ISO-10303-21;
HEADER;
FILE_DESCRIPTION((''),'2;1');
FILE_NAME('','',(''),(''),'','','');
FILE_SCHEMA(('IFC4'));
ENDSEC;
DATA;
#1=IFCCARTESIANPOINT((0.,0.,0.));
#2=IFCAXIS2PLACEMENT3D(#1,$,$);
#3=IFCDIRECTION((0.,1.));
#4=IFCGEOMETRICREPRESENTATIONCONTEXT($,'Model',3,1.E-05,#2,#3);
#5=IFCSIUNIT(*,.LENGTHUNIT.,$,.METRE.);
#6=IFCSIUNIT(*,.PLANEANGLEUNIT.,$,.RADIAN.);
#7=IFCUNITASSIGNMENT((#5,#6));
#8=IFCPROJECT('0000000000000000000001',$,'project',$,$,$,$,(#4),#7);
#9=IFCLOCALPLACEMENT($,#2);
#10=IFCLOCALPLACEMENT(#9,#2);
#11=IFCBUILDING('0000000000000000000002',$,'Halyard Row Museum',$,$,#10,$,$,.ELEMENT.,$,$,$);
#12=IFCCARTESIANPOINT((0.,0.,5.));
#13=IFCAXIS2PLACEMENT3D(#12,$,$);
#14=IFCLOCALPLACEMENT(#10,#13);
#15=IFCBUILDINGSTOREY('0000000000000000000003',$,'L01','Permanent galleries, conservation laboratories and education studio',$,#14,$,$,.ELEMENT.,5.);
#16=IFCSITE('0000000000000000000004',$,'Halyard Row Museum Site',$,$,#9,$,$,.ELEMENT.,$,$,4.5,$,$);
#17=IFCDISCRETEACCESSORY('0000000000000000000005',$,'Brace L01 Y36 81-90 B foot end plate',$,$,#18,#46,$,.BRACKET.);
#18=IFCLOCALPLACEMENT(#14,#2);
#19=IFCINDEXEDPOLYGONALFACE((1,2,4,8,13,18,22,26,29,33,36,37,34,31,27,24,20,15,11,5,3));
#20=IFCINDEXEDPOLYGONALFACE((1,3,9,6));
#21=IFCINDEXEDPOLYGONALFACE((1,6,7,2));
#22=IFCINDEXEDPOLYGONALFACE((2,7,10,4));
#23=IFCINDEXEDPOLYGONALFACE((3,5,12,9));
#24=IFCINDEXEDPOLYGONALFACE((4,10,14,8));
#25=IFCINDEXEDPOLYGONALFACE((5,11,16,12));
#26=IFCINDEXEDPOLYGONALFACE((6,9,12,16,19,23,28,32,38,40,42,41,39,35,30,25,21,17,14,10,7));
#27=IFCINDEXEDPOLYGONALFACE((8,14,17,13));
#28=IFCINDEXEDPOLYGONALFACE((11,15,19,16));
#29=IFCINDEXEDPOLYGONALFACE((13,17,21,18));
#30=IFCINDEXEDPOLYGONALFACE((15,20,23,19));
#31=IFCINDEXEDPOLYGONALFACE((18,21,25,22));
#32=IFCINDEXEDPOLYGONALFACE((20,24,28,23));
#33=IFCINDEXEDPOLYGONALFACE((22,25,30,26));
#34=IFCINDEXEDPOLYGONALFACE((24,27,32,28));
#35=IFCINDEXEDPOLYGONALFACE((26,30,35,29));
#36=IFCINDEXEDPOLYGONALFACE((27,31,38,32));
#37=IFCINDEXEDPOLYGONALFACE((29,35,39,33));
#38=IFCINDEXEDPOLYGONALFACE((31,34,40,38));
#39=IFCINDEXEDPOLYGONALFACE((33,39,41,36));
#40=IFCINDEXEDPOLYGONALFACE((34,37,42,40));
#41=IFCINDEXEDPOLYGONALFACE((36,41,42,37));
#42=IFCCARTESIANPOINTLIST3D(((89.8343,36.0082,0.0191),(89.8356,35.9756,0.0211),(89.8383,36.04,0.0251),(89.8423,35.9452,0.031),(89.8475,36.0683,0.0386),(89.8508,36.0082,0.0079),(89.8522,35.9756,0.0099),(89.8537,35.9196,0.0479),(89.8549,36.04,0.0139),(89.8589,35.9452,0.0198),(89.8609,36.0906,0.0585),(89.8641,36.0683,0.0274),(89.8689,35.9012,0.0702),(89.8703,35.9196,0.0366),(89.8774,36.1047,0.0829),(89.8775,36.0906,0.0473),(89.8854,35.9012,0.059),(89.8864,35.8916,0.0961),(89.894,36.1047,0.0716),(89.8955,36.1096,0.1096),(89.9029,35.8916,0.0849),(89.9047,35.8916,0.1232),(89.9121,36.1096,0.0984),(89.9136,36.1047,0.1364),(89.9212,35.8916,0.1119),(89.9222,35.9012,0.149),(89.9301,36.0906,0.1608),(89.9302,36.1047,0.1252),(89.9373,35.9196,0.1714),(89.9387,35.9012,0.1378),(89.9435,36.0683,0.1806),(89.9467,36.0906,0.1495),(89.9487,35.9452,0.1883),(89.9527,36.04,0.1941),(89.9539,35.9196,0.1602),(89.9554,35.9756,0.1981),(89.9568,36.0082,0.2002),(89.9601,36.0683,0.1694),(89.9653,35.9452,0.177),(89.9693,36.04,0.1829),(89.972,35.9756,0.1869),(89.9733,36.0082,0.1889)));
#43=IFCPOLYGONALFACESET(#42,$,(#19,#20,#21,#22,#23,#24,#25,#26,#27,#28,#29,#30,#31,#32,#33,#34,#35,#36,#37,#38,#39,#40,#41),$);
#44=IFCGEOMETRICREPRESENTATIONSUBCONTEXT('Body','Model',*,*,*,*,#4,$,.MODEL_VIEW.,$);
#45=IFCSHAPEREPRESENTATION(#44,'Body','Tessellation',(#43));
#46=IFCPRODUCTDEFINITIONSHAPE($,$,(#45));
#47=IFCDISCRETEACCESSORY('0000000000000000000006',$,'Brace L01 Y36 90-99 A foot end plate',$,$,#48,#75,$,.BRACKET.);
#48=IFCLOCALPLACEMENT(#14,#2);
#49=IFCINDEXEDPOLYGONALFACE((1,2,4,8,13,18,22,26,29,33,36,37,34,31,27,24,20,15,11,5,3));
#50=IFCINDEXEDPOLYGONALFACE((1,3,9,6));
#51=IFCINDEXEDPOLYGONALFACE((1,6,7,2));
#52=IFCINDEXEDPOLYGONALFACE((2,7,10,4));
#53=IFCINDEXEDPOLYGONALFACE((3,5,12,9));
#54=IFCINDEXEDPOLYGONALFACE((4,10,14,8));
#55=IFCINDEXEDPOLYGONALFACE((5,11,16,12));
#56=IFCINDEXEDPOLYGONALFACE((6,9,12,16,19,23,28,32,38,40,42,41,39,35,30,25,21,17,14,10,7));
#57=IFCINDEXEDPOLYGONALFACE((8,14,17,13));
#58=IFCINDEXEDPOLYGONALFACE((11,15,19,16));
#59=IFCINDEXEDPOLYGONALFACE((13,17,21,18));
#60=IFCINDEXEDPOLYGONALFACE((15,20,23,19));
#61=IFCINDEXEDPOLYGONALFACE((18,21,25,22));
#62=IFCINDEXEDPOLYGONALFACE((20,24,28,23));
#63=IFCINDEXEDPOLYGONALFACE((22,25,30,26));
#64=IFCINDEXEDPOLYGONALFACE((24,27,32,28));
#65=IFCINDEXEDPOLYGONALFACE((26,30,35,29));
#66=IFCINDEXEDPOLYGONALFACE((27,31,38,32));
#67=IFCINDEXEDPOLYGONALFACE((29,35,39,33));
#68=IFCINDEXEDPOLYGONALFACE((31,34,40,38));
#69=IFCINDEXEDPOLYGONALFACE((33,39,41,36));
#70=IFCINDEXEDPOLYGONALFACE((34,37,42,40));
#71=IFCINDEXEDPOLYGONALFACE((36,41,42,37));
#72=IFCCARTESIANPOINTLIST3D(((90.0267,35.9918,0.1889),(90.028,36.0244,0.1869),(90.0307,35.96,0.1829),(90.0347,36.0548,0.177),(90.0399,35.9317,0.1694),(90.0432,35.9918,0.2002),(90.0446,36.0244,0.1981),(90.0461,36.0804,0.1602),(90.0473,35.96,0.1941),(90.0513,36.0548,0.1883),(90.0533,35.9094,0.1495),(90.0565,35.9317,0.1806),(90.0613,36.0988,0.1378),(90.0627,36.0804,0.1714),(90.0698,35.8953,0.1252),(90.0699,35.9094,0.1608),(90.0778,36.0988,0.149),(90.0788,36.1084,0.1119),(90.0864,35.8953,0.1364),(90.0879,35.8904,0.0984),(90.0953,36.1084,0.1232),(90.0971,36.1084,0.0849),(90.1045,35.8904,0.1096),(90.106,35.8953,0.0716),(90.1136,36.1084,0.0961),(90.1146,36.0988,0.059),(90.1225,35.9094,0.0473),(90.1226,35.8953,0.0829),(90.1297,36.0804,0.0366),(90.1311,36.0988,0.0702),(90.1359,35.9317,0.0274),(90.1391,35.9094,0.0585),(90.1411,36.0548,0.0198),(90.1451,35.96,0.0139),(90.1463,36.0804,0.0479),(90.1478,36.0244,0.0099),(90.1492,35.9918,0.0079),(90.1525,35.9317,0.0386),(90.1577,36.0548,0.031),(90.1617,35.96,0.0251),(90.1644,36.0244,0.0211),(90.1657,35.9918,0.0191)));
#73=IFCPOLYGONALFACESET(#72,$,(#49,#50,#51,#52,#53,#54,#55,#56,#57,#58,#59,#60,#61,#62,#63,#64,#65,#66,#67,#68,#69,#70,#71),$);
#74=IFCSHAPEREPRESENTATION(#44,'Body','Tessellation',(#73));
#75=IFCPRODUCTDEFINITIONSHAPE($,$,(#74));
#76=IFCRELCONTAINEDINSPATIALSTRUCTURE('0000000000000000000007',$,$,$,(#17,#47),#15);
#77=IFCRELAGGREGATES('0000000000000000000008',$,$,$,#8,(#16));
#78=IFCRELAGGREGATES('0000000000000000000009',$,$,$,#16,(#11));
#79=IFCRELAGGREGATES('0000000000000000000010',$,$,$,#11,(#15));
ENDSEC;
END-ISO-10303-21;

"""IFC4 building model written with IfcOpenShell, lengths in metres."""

from ifc_helpers import new_model, si_unit, direction, frame, origin, origin_2d, place, context, subcontext, project, spatial, circle, extrude, element, save


model = new_model("IFC4")

# Units and contexts
model_context = context("Model", 3, precision=1e-05, world=origin(), true_north=direction((0.0, 1.0)))
body_context = subcontext(model_context, "Body", "Model", "MODEL_VIEW")
ifc_project = project(units=[si_unit("LENGTHUNIT", "METRE"), si_unit("PLANEANGLEUNIT", "RADIAN")], contexts=[model_context])

# Site, building, storey
site_placement = place(None, origin())
site = spatial("IfcSite", under=ifc_project, at=site_placement, Name="Halyard Row Museum Site", CompositionType="ELEMENT", RefElevation=4.5)
building_placement = place(site_placement, origin())
building = spatial("IfcBuilding", under=site, at=building_placement, Name="Halyard Row Museum", CompositionType="ELEMENT")
storey_placement = place(building_placement, frame((0.0, 0.0, 5.0)))
storey = spatial("IfcBuildingStorey", under=building, at=storey_placement, Name="L01", Description="Permanent galleries, conservation laboratories and education studio", CompositionType="ELEMENT", Elevation=5.0)

# Discrete accessories
for number, where, z_axis, x_axis, name in (
    (1, (89.8955, 36.0, 0.1096), (0.828283, 0.0, -0.560309), (0.0, 1.0, 0.0), "Brace L01 Y36 81-90 B foot end plate"),
    (2, (90.1045, 36.0, 0.1096), (-0.828283, 0.0, -0.560309), (0.0, -1.0, 0.0), "Brace L01 Y36 90-99 A foot end plate"),
):
    element("IfcDiscreteAccessory", number, at=place(storey_placement, frame(where, z_axis=z_axis, x_axis=x_axis)), inside=storey, Name=name, PredefinedType="BRACKET", context=body_context, shape_type="SweptSolid", body=[
        extrude(circle(Radius=0.1096, at=origin_2d()), origin(), (0.0, 0.0, 1.0), 0.02),
    ])

save(model, "model.ifc")
